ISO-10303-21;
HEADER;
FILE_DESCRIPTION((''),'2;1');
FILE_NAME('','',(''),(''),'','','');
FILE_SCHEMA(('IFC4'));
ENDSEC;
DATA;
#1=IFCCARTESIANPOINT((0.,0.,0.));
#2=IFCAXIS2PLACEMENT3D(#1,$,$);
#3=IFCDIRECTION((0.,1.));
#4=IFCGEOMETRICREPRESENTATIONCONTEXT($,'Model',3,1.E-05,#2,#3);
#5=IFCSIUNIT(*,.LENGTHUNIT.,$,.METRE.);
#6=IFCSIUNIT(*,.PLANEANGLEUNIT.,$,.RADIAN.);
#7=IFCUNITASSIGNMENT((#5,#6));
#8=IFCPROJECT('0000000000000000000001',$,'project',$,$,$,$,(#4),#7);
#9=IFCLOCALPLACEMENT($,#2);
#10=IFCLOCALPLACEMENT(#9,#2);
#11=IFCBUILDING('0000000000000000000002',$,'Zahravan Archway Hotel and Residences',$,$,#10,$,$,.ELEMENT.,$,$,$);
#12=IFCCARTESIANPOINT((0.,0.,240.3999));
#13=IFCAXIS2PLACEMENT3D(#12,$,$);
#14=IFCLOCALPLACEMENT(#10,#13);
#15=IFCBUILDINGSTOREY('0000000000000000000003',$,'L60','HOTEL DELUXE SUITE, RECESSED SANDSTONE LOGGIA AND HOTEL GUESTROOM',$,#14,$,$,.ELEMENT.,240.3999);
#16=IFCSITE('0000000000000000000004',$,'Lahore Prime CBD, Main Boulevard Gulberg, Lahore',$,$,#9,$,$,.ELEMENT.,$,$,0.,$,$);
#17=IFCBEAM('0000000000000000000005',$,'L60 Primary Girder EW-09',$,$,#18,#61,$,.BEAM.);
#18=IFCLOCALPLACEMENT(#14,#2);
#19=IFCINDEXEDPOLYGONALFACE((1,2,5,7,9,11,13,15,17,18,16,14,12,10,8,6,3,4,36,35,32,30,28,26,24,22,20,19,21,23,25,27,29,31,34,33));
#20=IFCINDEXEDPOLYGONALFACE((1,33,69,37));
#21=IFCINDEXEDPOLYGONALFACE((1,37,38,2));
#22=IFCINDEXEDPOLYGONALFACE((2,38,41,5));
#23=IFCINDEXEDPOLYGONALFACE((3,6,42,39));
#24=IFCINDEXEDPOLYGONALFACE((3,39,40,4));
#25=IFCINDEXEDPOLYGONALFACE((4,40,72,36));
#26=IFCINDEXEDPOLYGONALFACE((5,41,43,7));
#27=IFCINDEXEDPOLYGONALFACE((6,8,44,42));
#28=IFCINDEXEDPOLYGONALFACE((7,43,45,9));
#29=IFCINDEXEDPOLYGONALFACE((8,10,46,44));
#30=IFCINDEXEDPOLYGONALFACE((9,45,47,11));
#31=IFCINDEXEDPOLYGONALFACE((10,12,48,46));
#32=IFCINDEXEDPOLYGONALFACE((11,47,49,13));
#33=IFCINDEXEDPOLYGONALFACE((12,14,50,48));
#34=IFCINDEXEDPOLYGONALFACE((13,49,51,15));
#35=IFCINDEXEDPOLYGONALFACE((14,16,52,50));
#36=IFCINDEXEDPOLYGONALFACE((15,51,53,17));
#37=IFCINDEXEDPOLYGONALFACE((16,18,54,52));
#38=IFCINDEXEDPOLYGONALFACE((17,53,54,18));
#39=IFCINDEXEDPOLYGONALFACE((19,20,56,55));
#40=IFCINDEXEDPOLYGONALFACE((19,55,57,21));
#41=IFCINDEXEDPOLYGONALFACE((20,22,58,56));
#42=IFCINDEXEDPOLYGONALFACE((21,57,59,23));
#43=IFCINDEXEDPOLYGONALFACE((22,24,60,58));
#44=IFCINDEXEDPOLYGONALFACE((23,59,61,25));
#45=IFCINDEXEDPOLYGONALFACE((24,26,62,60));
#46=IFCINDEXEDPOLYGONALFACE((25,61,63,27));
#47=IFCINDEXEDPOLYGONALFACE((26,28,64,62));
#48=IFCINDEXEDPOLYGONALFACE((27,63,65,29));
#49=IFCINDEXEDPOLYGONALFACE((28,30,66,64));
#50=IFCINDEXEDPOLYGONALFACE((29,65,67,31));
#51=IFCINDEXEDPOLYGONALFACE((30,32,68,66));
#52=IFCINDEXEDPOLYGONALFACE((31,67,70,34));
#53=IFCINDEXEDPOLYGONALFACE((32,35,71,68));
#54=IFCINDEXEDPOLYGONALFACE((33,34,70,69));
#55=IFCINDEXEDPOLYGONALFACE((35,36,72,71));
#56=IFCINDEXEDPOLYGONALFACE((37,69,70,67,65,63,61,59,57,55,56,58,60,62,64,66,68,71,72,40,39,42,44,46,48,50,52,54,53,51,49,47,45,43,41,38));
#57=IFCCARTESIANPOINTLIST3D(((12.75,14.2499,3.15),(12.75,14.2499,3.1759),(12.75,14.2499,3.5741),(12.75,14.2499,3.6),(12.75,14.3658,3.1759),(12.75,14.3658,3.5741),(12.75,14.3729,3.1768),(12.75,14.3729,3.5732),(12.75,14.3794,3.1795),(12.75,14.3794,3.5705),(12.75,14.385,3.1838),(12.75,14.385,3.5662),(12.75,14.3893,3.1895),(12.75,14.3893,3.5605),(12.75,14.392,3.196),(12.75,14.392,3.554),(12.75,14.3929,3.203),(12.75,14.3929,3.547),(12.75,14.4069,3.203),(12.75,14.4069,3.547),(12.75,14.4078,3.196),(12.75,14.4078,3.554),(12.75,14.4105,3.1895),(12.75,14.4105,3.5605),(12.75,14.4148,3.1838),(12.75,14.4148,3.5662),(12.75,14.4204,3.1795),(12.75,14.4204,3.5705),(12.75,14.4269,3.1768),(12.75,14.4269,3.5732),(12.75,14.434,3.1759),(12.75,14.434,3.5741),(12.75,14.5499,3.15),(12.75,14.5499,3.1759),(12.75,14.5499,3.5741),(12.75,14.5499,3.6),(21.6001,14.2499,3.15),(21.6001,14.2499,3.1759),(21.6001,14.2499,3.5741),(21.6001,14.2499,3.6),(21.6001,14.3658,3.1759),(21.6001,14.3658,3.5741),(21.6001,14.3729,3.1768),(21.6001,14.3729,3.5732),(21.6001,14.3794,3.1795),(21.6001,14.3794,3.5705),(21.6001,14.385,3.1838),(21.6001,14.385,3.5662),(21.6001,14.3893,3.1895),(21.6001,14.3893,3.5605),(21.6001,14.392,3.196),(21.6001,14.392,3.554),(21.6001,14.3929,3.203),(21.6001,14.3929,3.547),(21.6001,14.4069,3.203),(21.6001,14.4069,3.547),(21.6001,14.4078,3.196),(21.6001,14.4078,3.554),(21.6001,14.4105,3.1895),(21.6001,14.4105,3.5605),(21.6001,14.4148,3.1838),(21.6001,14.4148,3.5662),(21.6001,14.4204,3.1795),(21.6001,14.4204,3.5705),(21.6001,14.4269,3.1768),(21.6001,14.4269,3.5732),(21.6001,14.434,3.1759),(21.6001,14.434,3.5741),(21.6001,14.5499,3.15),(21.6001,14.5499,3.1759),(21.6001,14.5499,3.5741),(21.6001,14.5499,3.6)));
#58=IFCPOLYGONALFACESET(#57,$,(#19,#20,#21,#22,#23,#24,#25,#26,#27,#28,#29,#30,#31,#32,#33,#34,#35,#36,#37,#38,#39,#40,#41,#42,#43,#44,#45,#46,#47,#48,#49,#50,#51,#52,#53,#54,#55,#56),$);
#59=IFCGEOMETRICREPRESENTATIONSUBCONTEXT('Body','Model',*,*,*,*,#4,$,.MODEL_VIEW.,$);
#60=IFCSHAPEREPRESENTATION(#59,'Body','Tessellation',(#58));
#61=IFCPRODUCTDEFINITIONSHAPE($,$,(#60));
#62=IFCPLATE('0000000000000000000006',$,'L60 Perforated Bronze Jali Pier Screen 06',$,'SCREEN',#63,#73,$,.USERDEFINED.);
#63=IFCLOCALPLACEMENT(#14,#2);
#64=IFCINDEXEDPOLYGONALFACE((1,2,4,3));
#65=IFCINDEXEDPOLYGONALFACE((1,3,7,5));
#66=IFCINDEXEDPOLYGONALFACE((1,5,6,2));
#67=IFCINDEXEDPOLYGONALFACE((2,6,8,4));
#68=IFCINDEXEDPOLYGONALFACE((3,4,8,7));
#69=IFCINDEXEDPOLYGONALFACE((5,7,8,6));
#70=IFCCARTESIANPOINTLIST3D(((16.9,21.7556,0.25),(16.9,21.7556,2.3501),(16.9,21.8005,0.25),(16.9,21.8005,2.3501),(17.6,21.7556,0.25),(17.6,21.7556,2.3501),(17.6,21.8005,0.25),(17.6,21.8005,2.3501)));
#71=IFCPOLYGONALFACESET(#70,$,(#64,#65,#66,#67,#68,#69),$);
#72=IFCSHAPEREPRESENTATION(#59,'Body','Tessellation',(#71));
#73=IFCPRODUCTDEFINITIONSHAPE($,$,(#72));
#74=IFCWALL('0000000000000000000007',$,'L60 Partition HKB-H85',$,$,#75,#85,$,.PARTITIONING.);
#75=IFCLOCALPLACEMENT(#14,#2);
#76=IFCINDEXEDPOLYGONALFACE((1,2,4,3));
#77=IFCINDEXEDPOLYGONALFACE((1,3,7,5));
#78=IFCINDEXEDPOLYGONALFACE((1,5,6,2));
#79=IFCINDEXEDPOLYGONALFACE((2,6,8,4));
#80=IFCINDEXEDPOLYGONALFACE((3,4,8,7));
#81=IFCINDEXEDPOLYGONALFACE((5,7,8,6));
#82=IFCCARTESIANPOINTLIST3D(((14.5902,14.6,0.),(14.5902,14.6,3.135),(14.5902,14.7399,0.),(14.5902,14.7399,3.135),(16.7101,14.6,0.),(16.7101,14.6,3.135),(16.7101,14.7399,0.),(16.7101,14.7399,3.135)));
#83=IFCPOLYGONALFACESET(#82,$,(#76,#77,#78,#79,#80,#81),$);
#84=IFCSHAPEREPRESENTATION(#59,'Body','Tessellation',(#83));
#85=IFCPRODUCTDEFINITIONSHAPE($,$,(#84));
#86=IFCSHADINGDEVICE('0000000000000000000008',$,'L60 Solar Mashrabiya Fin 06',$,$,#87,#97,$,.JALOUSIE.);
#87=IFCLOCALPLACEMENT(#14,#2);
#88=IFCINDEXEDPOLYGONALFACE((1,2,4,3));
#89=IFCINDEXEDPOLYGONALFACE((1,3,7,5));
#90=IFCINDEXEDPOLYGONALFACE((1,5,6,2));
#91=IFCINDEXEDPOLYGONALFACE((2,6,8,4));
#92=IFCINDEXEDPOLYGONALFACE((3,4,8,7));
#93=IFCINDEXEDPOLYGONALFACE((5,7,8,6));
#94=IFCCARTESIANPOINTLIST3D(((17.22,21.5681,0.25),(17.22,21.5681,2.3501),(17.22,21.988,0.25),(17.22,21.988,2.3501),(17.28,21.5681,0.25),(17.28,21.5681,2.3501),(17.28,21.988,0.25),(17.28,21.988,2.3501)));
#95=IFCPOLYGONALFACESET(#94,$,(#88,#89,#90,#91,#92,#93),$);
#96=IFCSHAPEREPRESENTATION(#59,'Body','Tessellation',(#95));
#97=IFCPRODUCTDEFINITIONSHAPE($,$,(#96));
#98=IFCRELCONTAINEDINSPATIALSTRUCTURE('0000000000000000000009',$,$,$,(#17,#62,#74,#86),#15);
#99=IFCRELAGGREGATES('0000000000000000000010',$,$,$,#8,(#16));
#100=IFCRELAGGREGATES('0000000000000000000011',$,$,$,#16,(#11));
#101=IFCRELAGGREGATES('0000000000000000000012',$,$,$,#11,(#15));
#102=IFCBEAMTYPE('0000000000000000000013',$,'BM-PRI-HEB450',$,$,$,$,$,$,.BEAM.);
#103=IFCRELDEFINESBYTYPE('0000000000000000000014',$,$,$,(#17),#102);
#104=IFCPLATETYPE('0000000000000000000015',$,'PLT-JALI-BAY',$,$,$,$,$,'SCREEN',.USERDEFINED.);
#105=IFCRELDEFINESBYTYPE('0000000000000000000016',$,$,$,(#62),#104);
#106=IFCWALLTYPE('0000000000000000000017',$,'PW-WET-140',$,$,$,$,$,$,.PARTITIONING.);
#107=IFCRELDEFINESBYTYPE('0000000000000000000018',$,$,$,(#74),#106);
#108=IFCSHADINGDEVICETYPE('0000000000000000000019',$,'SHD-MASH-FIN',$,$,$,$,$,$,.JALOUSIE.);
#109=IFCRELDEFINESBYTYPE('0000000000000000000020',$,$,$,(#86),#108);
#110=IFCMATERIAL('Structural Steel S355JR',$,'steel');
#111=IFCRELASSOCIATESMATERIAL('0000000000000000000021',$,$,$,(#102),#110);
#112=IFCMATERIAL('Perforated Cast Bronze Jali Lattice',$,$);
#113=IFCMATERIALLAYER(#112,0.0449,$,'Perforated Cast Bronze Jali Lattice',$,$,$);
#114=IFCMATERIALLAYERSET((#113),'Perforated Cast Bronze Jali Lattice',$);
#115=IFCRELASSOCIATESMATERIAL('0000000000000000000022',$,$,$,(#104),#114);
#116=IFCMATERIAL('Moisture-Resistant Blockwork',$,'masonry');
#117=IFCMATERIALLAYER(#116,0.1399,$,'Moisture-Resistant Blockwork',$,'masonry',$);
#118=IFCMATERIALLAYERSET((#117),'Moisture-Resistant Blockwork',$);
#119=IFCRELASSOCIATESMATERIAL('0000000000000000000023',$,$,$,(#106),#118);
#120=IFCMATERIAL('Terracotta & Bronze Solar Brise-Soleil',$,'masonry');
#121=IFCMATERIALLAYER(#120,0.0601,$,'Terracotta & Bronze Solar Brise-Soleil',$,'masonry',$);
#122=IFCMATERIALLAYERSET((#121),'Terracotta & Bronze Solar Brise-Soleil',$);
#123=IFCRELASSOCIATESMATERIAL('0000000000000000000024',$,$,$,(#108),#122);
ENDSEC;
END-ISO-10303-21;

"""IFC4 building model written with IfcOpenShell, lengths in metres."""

from ifc_helpers import new_model, si_unit, direction, frame, frame_2d, origin, origin_2d, place, context, subcontext, project, spatial, rectangle, i_section, extrude, source, transform, mapped, material, layer, layer_set, material_profile, profile_set, type_object, type_shapes, element, save


model = new_model("IFC4")

# Units and contexts
model_context = context("Model", 3, precision=1e-05, world=origin(), true_north=direction((0.0, 1.0)))
body_context = subcontext(model_context, "Body", "Model", "MODEL_VIEW")
ifc_project = project(units=[si_unit("LENGTHUNIT", "METRE"), si_unit("PLANEANGLEUNIT", "RADIAN")], contexts=[model_context])

# Site, building, storey
site_placement = place(None, origin())
site = spatial("IfcSite", under=ifc_project, at=site_placement, Name="Lahore Prime CBD, Main Boulevard Gulberg, Lahore", CompositionType="ELEMENT", RefElevation=0.0)
building_placement = place(site_placement, origin())
building = spatial("IfcBuilding", under=site, at=building_placement, Name="Zahravan Archway Hotel and Residences", CompositionType="ELEMENT")
storey_placement = place(building_placement, frame((0.0, 0.0, 240.3999)))
storey = spatial("IfcBuildingStorey", under=building, at=storey_placement, Name="L60", Description="HOTEL DELUXE SUITE, RECESSED SANDSTONE LOGGIA AND HOTEL GUESTROOM", CompositionType="ELEMENT", Elevation=240.3999)

# Beam
ifc_material_1 = material(Name="Structural Steel S355JR", Category="steel")
ifc_material_profile_1 = material_profile(ifc_material_1, i_section(OverallWidth=0.3, OverallDepth=0.45, WebThickness=0.0139, FlangeThickness=0.0259, FilletRadius=0.0271, at=origin_2d()), Name="HEB 450", Category="steel")
ifc_profile_set_1 = profile_set([ifc_material_profile_1], Name="Structural Steel S355JR")
beam_type_1 = type_object("IfcBeamType", Name="BM-PRI-HEB450", PredefinedType="BEAM", material=ifc_profile_set_1)
shared_shape_1 = source(origin(), body_context, "Body", "SweptSolid", [
    extrude(i_section(OverallWidth=0.3, OverallDepth=0.45, WebThickness=0.0139, FlangeThickness=0.0259, FilletRadius=0.0271, at=origin_2d()), origin(), (0.0, 0.0, 1.0), 8.8501),
])
beam_1_placement = place(storey_placement, frame((12.75, 14.3999, 3.375), z_axis=(1.0, 0.0, 0.0), x_axis=(0.0, 1.0, 0.0)))
element("IfcBeam", 1, at=beam_1_placement, inside=storey, type_object=beam_type_1, Name="L60 Primary Girder EW-09", PredefinedType="BEAM", context=body_context, shape_type="MappedRepresentation", body=[
    mapped(shared_shape_1, transform((0.0, 0.0, 0.0), scale=1.0)),
])

# Plate
ifc_material_2 = material(Name="Perforated Cast Bronze Jali Lattice")
ifc_layer_1 = layer(ifc_material_2, 0.0449, Name="Perforated Cast Bronze Jali Lattice")
ifc_layer_set_1 = layer_set([ifc_layer_1], Name="Perforated Cast Bronze Jali Lattice")
plate_type = type_object("IfcPlateType", Name="PLT-JALI-BAY", ElementType="SCREEN", PredefinedType="USERDEFINED", material=ifc_layer_set_1)
shared_shape_2 = source(origin(), body_context, "Body", "SweptSolid", [
    extrude(rectangle(XDim=0.7, YDim=0.0449, at=origin_2d()), origin(), (0.0, 0.0, 1.0), 2.1001),
])
type_shapes(plate_type, [shared_shape_2])
plate_placement = place(storey_placement, frame((17.25, 21.7781, 0.25), z_axis=(0.0, 0.0, 1.0), x_axis=(1.0, 0.0, 0.0)))
element("IfcPlate", 2, at=plate_placement, inside=storey, type_object=plate_type, Name="L60 Perforated Bronze Jali Pier Screen 06", ObjectType="SCREEN", PredefinedType="USERDEFINED", context=body_context, shape_type="MappedRepresentation", body=[
    mapped(shared_shape_2, transform((0.0, 0.0, 0.0), scale=1.0)),
])

# Wall
ifc_material_3 = material(Name="Moisture-Resistant Blockwork", Category="masonry")
ifc_layer_2 = layer(ifc_material_3, 0.1399, Name="Moisture-Resistant Blockwork", Category="masonry")
ifc_layer_set_2 = layer_set([ifc_layer_2], Name="Moisture-Resistant Blockwork")
wall_type_1 = type_object("IfcWallType", Name="PW-WET-140", PredefinedType="PARTITIONING", material=ifc_layer_set_2)
wall_1_placement = place(storey_placement, frame((14.5901, 14.6699, 0.0), z_axis=(0.0, 0.0, 1.0), x_axis=(1.0, 0.0, 0.0)))
element("IfcWall", 3, at=wall_1_placement, inside=storey, type_object=wall_type_1, Name="L60 Partition HKB-H85", PredefinedType="PARTITIONING", context=body_context, shape_type="SweptSolid", body=[
    extrude(rectangle(XDim=2.1199, YDim=0.1399, at=frame_2d((1.0601, 0.0))), origin(), (0.0, 0.0, 1.0), 3.135),
])

# Shading device
ifc_material_4 = material(Name="Terracotta & Bronze Solar Brise-Soleil", Category="masonry")
ifc_layer_3 = layer(ifc_material_4, 0.0601, Name="Terracotta & Bronze Solar Brise-Soleil", Category="masonry")
ifc_layer_set_3 = layer_set([ifc_layer_3], Name="Terracotta & Bronze Solar Brise-Soleil")
shading_device_type = type_object("IfcShadingDeviceType", Name="SHD-MASH-FIN", PredefinedType="JALOUSIE", material=ifc_layer_set_3)
shared_shape_3 = source(origin(), body_context, "Body", "SweptSolid", [
    extrude(rectangle(XDim=0.0601, YDim=0.4199, at=origin_2d()), origin(), (0.0, 0.0, 1.0), 2.1001),
])
type_shapes(shading_device_type, [shared_shape_3])
shading_device_placement = place(storey_placement, frame((17.25, 21.7781, 0.25), z_axis=(0.0, 0.0, 1.0), x_axis=(1.0, 0.0, 0.0)))
element("IfcShadingDevice", 4, at=shading_device_placement, inside=storey, type_object=shading_device_type, Name="L60 Solar Mashrabiya Fin 06", PredefinedType="JALOUSIE", context=body_context, shape_type="MappedRepresentation", body=[
    mapped(shared_shape_3, transform((0.0, 0.0, 0.0), scale=1.0)),
])

save(model, "model.ifc")
